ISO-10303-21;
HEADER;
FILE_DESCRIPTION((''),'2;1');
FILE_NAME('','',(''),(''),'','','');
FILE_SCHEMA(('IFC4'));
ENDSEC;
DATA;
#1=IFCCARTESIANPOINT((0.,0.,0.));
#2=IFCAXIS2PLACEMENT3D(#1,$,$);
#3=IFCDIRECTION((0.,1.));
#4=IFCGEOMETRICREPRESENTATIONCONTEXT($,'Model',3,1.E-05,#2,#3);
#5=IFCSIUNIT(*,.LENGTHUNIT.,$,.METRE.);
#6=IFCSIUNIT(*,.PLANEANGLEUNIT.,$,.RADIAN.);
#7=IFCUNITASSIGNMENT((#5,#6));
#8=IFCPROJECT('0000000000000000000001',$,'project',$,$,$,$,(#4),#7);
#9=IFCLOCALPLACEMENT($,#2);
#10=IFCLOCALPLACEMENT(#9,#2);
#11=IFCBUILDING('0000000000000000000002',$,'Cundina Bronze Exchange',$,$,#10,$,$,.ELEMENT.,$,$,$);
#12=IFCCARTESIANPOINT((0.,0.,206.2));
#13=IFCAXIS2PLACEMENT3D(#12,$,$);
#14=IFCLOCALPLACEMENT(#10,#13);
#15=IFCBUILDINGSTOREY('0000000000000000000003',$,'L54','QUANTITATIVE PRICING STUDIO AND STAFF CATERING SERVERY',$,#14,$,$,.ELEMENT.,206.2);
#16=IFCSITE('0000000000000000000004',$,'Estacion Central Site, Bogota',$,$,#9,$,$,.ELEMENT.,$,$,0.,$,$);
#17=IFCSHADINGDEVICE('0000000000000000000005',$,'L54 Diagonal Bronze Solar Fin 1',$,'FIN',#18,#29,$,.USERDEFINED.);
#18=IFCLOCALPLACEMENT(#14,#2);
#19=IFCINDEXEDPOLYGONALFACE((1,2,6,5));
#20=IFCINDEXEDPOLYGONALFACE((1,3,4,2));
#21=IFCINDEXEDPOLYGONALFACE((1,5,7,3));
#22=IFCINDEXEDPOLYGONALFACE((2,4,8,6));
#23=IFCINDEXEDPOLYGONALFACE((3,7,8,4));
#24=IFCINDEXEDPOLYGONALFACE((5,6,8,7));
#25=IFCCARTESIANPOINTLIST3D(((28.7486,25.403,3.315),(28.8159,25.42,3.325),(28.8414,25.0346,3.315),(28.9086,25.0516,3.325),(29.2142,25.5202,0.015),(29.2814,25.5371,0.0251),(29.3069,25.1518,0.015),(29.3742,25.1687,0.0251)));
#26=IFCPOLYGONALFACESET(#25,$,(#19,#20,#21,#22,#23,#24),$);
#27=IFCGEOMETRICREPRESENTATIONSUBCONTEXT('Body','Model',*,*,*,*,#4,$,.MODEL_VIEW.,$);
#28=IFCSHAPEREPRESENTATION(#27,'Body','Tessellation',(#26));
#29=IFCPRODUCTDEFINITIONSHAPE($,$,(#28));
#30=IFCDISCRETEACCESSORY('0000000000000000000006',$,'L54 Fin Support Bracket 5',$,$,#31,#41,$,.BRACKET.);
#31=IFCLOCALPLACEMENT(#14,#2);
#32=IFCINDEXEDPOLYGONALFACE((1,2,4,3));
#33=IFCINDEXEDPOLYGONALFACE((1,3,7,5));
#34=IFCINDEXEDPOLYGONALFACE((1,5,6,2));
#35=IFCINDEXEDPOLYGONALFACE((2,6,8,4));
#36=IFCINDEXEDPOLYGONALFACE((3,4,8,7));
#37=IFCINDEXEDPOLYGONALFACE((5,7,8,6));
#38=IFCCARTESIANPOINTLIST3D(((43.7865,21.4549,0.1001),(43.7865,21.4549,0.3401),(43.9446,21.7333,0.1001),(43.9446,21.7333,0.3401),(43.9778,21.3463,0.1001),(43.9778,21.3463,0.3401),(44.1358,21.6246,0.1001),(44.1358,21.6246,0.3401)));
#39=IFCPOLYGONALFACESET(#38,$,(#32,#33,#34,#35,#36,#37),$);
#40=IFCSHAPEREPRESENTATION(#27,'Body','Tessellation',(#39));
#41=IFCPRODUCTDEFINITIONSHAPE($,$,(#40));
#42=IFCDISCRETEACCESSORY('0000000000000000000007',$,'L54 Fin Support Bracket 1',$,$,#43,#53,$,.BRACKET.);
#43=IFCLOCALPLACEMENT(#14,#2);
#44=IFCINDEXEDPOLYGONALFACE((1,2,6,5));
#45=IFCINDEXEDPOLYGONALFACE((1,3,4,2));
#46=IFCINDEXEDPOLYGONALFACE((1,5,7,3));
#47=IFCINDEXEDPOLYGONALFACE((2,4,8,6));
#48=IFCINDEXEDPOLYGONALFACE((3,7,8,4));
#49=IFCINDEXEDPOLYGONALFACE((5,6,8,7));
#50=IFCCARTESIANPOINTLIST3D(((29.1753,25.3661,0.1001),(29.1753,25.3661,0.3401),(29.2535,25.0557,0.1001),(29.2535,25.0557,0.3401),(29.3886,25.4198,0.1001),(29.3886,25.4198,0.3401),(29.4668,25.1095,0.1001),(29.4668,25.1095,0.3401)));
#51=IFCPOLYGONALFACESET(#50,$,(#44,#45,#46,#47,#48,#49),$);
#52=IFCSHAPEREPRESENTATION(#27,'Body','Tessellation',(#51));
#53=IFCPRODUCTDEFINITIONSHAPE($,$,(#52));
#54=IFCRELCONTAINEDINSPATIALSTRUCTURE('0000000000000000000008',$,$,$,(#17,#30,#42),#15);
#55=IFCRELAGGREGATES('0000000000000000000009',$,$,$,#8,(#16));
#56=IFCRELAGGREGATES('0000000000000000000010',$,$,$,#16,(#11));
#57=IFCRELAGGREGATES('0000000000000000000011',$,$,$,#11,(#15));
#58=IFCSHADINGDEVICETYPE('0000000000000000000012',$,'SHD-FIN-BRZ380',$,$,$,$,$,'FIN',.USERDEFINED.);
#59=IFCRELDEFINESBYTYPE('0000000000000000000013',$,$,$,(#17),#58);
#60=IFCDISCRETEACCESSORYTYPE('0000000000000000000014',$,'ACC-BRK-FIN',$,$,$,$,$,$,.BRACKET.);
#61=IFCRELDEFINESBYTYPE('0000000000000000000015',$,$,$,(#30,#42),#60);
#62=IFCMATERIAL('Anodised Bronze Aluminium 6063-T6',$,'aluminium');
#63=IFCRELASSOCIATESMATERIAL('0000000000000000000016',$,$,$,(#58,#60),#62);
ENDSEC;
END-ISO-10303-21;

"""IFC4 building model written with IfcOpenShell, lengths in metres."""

from ifc_helpers import new_model, si_unit, direction, frame, origin, origin_2d, place, context, subcontext, project, spatial, rectangle, extrude, material, material_profile, profile_set, type_object, element, save


model = new_model("IFC4")

# Units and contexts
model_context = context("Model", 3, precision=1e-05, world=origin(), true_north=direction((0.0, 1.0)))
body_context = subcontext(model_context, "Body", "Model", "MODEL_VIEW")
ifc_project = project(units=[si_unit("LENGTHUNIT", "METRE"), si_unit("PLANEANGLEUNIT", "RADIAN")], contexts=[model_context])

# Site, building, storey
site_placement = place(None, origin())
site = spatial("IfcSite", under=ifc_project, at=site_placement, Name="Estacion Central Site, Bogota", CompositionType="ELEMENT", RefElevation=0.0)
building_placement = place(site_placement, origin())
building = spatial("IfcBuilding", under=site, at=building_placement, Name="Cundina Bronze Exchange", CompositionType="ELEMENT")
storey_placement = place(building_placement, frame((0.0, 0.0, 206.2)))
storey = spatial("IfcBuildingStorey", under=building, at=storey_placement, Name="L54", Description="QUANTITATIVE PRICING STUDIO AND STAFF CATERING SERVERY", CompositionType="ELEMENT", Elevation=206.2)

# Shared definitions
ifc_material_1 = material(Name="Anodised Bronze Aluminium 6063-T6", Category="aluminium")

# Shading device
ifc_material_profile_1 = material_profile(ifc_material_1, rectangle(XDim=0.0701, YDim=0.3799, at=origin_2d()), Name="FIN70X380", Category="aluminium")
ifc_profile_set_1 = profile_set([ifc_material_profile_1], Name="Anodised Bronze Aluminium 6063-T6")
shading_device_type = type_object("IfcShadingDeviceType", Name="SHD-FIN-BRZ380", ElementType="FIN", PredefinedType="USERDEFINED", material=ifc_profile_set_1)
for number, where, z_axis, x_axis, name in (
    (1, (29.2942, 25.3445, 0.02), (-0.139612, -0.035141, 0.989583), (0.95965, 0.241548, 0.143967), "L54 Diagonal Bronze Solar Fin 1"),
):
    element("IfcShadingDevice", number, at=place(storey_placement, frame(where, z_axis=z_axis, x_axis=x_axis)), inside=storey, type_object=shading_device_type, Name=name, ObjectType="FIN", PredefinedType="USERDEFINED", context=body_context, shape_type="SweptSolid", body=[
        extrude(rectangle(XDim=0.0701, YDim=0.3799, at=origin_2d()), origin(), (0.0, 0.0, 1.0), 3.3347),
    ])

# Discrete accessories
discrete_accessory_type = type_object("IfcDiscreteAccessoryType", Name="ACC-BRK-FIN", PredefinedType="BRACKET", material=ifc_material_1)
for number, where, z_axis, x_axis, name in (
    (2, (43.9612, 21.5398, 0.1001), (0.0, 0.0, 1.0), (-0.869573, 0.493805, 0.0), "L54 Fin Support Bracket 5"),
    (3, (29.321, 25.2378, 0.1001), (0.0, 0.0, 1.0), (-0.969732, -0.244174, 0.0), "L54 Fin Support Bracket 1"),
):
    element("IfcDiscreteAccessory", number, at=place(storey_placement, frame(where, z_axis=z_axis, x_axis=x_axis)), inside=storey, type_object=discrete_accessory_type, Name=name, PredefinedType="BRACKET", context=body_context, shape_type="SweptSolid", body=[
        extrude(rectangle(XDim=0.22, YDim=0.3201, at=origin_2d()), origin(), (0.0, 0.0, 1.0), 0.24),
    ])

save(model, "model.ifc")
